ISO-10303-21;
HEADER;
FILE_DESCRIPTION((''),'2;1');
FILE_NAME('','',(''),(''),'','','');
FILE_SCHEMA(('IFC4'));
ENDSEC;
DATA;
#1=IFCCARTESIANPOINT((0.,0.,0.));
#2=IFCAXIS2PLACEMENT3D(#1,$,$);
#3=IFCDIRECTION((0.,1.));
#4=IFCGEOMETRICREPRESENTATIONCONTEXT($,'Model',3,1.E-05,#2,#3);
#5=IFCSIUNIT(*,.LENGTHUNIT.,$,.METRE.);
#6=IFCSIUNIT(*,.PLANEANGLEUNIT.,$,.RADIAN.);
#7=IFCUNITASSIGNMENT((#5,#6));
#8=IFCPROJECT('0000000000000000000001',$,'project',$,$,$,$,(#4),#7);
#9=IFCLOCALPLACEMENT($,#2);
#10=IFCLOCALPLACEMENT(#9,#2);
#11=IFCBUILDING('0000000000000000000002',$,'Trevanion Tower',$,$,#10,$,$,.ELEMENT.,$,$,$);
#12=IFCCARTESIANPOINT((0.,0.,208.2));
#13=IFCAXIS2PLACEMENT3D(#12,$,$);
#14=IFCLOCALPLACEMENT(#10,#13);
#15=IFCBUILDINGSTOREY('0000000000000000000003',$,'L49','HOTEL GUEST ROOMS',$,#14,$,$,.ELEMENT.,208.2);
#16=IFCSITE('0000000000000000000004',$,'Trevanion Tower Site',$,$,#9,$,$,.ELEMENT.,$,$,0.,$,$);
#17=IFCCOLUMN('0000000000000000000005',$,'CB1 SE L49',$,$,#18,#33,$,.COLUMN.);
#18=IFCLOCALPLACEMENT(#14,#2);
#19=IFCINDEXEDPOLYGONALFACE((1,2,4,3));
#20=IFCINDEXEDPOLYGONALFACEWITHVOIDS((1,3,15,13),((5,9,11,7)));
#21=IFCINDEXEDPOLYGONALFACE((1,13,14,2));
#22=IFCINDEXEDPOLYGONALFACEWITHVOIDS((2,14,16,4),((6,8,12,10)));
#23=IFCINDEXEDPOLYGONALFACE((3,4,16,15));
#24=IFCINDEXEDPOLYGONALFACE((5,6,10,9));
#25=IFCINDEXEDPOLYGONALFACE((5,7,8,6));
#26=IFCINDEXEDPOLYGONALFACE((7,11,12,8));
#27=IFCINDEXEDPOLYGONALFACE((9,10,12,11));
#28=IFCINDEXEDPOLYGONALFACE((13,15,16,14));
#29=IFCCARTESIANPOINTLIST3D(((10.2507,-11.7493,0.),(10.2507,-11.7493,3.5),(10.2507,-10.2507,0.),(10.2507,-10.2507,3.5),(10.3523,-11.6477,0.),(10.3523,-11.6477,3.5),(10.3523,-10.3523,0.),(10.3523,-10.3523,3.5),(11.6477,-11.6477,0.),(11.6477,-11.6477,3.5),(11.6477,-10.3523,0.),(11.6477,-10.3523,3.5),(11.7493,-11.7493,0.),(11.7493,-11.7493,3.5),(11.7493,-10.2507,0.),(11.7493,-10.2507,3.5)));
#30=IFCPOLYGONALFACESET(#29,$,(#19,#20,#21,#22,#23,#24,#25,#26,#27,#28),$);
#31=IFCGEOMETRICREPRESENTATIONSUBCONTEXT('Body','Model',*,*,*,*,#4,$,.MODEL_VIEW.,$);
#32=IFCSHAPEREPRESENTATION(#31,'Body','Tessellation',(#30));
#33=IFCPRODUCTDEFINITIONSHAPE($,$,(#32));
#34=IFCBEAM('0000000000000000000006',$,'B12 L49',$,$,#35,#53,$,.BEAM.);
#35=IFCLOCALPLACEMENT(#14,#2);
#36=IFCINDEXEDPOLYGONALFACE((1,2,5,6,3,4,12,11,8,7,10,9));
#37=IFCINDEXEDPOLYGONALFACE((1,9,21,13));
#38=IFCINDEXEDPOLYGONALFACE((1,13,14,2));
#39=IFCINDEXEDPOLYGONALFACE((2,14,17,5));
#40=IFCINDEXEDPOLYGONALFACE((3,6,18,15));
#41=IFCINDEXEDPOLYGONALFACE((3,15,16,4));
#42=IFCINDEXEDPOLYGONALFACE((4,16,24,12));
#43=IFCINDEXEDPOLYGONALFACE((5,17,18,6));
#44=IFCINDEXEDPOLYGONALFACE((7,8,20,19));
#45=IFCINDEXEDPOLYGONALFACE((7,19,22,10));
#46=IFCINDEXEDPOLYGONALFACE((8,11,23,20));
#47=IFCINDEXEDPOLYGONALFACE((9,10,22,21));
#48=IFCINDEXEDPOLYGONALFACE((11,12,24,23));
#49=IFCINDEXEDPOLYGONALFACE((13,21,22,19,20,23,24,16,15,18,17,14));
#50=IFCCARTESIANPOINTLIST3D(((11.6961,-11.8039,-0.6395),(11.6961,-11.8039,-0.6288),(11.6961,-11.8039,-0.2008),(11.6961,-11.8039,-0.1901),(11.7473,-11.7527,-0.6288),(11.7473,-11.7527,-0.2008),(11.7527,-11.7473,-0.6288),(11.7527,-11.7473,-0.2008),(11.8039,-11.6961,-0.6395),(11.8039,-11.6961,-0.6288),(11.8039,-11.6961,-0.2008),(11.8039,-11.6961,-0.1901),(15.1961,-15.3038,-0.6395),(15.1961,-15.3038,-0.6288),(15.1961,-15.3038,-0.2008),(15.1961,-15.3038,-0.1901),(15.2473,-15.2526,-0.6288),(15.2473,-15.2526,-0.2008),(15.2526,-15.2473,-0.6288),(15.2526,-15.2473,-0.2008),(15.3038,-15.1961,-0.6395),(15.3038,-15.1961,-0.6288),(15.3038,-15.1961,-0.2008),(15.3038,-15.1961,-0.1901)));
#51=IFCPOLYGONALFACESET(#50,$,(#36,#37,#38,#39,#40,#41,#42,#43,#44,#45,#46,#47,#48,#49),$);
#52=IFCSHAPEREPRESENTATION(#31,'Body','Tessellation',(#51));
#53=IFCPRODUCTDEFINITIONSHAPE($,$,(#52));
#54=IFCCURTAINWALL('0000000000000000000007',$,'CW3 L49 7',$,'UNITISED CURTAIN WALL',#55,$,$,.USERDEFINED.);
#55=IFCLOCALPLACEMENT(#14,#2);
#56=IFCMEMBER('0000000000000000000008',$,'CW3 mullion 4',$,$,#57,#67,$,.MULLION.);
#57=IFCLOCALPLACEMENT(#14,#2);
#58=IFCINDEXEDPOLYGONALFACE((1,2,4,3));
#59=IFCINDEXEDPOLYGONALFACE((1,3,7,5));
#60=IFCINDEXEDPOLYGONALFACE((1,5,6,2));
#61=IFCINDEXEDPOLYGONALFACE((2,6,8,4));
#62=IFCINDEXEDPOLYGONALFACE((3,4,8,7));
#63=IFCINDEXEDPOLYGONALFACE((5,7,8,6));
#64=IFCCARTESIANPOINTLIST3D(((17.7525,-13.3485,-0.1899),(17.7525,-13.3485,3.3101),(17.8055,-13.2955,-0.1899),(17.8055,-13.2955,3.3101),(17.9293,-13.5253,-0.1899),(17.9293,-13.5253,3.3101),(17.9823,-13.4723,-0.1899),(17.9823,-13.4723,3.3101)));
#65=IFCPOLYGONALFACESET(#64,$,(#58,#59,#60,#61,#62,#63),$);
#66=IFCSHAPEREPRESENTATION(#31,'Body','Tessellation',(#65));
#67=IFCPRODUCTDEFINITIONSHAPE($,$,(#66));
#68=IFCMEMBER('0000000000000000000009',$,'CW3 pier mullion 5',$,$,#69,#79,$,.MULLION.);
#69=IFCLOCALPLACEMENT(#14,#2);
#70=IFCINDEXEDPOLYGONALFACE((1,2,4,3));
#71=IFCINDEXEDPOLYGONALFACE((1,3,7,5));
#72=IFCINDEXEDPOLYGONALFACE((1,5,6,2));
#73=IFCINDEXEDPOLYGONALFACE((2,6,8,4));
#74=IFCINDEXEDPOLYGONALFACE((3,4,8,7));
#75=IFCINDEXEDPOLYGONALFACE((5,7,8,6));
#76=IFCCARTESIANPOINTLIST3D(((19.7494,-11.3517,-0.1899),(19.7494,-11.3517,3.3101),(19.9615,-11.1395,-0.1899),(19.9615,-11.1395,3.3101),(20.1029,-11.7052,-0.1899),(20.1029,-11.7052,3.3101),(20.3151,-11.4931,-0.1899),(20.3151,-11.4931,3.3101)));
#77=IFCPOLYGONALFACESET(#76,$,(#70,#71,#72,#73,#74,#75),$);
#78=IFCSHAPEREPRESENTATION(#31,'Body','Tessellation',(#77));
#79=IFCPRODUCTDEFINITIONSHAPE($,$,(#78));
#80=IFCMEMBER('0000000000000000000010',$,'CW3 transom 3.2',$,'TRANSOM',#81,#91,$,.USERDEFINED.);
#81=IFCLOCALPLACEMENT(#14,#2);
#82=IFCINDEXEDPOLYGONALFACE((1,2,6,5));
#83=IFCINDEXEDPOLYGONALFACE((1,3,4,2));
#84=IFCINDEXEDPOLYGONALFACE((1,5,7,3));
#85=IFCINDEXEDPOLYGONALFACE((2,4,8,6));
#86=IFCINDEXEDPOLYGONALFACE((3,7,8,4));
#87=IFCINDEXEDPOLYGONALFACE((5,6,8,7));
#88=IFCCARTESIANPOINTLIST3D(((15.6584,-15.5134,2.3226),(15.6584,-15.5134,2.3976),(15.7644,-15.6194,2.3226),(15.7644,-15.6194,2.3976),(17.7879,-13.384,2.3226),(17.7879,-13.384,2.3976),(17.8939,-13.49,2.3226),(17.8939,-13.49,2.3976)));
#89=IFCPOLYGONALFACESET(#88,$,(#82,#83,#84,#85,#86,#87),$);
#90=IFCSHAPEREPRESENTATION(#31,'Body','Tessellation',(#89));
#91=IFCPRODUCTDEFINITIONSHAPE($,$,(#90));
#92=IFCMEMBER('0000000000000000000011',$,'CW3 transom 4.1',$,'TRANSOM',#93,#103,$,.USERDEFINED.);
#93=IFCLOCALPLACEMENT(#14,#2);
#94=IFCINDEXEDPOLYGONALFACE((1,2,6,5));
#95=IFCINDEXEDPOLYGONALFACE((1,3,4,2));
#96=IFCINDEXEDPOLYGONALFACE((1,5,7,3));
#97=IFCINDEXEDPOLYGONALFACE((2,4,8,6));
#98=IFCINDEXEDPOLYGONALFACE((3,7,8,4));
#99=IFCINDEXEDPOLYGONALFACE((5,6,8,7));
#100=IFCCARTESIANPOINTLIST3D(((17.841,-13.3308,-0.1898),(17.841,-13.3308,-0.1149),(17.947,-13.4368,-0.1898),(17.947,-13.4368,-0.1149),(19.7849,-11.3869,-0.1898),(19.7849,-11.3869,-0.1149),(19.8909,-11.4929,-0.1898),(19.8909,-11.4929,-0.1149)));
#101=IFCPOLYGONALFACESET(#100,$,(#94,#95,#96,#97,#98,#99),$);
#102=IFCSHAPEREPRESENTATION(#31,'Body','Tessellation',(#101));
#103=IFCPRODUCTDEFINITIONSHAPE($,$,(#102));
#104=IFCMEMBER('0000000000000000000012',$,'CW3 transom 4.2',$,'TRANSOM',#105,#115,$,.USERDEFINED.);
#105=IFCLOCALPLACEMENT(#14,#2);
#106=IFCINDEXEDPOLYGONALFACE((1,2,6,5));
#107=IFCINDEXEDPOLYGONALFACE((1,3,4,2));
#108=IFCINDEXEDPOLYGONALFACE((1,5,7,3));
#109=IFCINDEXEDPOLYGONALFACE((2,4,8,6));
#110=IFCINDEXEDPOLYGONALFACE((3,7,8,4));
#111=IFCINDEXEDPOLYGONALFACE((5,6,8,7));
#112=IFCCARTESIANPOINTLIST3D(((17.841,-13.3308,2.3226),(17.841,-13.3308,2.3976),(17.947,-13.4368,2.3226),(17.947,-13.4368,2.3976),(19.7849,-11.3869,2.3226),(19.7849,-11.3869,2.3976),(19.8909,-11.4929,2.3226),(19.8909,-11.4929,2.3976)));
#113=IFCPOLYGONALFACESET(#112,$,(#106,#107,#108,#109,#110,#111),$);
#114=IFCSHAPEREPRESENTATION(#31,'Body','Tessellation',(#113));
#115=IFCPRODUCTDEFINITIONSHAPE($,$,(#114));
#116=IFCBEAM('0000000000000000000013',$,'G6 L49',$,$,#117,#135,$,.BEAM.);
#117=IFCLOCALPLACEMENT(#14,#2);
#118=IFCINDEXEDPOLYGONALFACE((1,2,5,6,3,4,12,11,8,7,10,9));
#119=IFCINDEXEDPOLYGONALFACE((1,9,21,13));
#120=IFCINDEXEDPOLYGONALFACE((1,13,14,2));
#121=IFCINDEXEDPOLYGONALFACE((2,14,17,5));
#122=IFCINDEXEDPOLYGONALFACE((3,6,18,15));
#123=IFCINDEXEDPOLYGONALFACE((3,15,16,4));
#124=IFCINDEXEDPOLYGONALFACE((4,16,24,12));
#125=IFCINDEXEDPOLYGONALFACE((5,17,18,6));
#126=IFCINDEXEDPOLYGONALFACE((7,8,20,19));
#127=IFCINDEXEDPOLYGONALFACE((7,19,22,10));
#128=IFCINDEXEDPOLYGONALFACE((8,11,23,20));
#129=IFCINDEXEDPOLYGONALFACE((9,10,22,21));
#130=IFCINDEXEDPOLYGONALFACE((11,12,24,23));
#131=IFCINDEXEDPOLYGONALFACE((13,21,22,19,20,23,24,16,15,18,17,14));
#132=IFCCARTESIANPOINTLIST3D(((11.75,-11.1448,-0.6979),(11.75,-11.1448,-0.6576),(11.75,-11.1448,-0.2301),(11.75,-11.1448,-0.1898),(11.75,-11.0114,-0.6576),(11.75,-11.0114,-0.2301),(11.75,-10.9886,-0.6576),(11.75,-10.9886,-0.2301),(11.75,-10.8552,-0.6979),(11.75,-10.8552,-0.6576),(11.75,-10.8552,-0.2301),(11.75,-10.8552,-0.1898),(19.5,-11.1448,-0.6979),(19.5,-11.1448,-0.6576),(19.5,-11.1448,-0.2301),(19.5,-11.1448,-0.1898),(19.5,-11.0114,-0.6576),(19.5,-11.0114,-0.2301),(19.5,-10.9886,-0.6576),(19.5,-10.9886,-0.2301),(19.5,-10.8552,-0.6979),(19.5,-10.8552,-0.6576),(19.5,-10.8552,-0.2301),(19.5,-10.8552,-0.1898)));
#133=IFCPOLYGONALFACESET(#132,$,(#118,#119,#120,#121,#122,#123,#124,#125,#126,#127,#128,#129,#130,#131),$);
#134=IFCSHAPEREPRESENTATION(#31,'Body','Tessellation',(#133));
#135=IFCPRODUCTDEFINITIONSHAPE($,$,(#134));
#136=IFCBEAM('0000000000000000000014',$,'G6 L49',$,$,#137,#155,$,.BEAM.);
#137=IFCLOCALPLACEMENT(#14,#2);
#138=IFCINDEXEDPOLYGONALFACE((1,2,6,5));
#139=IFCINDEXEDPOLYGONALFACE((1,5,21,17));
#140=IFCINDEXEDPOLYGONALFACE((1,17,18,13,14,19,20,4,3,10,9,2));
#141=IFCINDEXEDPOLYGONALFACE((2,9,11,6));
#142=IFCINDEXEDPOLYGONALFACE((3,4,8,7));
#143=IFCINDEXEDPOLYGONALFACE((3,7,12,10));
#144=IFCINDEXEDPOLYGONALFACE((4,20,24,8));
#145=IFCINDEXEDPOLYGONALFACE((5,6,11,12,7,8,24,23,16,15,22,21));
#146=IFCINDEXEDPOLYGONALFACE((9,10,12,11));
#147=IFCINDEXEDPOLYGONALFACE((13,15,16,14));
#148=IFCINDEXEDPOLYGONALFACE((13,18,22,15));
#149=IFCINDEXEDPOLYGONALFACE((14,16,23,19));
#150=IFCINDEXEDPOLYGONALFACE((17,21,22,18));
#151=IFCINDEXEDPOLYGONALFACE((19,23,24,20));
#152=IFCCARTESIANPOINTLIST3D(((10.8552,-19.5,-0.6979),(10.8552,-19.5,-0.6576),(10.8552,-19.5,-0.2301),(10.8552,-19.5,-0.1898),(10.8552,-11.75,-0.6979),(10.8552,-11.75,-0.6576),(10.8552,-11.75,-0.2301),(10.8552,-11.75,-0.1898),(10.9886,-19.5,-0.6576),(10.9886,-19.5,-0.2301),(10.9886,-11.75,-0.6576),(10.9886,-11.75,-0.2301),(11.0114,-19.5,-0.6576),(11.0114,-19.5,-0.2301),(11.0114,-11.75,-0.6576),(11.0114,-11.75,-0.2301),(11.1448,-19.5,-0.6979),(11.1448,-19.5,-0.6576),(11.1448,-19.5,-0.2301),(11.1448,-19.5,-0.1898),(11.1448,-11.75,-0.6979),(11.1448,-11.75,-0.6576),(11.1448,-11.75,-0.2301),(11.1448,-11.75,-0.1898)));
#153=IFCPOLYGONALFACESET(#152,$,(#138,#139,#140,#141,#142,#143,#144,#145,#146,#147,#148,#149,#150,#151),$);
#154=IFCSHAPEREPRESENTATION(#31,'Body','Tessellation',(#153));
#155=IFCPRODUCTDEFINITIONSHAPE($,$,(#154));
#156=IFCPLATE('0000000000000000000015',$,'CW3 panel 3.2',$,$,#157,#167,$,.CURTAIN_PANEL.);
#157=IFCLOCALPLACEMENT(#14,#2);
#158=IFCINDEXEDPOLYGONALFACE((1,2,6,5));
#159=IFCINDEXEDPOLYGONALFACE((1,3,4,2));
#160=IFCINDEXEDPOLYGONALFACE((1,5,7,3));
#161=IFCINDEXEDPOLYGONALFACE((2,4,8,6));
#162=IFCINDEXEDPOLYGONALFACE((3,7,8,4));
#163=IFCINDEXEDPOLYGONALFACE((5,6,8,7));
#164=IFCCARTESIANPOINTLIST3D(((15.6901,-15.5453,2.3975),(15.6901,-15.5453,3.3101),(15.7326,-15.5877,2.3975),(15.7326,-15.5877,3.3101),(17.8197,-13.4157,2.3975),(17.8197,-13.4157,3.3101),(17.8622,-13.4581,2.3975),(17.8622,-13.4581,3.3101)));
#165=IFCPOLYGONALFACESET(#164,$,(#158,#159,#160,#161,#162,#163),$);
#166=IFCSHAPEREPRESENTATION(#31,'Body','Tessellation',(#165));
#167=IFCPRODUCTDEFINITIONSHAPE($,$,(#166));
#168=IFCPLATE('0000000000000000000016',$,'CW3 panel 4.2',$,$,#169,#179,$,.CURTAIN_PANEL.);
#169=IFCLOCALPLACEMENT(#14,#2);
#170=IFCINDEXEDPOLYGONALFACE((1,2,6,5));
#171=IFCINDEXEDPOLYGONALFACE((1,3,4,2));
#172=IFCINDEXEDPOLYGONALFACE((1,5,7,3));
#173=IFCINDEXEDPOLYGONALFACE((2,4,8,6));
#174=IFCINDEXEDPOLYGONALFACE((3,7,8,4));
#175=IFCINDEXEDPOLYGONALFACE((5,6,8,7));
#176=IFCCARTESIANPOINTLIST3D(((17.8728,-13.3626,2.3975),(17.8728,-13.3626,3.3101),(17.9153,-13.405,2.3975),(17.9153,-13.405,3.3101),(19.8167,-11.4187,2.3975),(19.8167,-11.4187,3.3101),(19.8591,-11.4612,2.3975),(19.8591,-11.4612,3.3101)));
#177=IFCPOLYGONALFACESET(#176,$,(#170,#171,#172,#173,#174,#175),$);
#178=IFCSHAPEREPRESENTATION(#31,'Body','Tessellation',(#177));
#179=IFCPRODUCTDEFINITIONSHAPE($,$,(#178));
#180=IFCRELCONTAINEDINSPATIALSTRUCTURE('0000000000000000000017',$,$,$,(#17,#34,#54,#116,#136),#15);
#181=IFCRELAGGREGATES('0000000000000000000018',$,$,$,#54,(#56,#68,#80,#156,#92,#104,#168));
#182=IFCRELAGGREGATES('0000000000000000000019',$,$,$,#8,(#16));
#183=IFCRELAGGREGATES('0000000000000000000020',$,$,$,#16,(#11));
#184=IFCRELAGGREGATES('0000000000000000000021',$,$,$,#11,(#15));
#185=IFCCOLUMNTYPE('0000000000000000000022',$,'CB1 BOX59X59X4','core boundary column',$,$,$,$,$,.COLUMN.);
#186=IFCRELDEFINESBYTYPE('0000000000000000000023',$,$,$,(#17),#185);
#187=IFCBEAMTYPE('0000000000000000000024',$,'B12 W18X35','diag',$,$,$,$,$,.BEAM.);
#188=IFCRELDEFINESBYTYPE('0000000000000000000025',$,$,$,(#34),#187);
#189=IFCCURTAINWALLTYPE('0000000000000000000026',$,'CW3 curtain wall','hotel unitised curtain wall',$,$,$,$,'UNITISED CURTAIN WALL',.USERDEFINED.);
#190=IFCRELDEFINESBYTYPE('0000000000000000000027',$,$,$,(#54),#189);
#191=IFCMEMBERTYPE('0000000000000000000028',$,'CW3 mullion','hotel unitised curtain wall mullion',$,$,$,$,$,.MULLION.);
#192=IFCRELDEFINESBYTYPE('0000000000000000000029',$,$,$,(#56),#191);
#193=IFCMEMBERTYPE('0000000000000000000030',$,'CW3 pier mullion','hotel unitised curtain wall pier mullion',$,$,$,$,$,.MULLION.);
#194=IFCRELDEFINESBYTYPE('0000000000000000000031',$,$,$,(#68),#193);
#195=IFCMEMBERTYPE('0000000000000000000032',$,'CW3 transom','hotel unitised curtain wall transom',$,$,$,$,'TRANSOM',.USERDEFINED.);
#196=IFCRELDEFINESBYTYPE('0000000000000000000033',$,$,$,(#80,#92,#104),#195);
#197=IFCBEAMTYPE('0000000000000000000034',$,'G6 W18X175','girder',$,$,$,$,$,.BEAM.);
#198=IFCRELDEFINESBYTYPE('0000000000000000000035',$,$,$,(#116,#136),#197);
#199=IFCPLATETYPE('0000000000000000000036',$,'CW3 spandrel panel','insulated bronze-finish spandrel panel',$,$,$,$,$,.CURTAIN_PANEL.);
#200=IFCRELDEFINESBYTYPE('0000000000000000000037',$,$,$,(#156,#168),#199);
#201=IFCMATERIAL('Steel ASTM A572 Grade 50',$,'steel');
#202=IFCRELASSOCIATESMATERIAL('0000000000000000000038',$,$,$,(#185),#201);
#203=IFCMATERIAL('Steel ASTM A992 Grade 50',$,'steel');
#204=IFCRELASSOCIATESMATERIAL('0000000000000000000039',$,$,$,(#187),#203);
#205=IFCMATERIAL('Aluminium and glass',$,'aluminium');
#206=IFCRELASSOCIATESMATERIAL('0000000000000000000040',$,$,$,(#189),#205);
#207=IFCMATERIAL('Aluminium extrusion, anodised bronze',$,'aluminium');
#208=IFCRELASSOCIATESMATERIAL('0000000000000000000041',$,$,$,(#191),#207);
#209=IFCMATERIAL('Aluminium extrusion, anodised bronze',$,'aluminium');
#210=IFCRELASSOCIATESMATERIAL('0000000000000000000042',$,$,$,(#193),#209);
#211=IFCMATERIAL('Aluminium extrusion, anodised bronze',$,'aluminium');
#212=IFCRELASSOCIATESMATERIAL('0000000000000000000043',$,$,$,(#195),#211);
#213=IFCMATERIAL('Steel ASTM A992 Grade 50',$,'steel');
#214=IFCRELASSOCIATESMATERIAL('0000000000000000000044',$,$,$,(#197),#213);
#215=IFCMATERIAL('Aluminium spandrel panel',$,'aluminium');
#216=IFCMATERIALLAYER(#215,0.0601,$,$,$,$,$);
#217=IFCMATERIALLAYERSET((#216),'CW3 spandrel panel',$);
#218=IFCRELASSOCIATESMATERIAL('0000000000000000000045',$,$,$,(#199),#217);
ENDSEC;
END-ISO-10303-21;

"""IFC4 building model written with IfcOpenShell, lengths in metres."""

from ifc_helpers import new_model, si_unit, direction, frame, origin, origin_2d, place, context, subcontext, project, spatial, rectangle, hollow_rectangle, i_section, extrude, material, layer, layer_set, material_profile, profile_set, type_object, element, aggregate, save


model = new_model("IFC4")

# Units and contexts
model_context = context("Model", 3, precision=1e-05, world=origin(), true_north=direction((0.0, 1.0)))
body_context = subcontext(model_context, "Body", "Model", "MODEL_VIEW")
ifc_project = project(units=[si_unit("LENGTHUNIT", "METRE"), si_unit("PLANEANGLEUNIT", "RADIAN")], contexts=[model_context])

# Site, building, storey
site_placement = place(None, origin())
site = spatial("IfcSite", under=ifc_project, at=site_placement, Name="Trevanion Tower Site", CompositionType="ELEMENT", RefElevation=0.0)
building_placement = place(site_placement, origin())
building = spatial("IfcBuilding", under=site, at=building_placement, Name="Trevanion Tower", CompositionType="ELEMENT")
storey_placement = place(building_placement, frame((0.0, 0.0, 208.2)))
storey = spatial("IfcBuildingStorey", under=building, at=storey_placement, Name="L49", Description="HOTEL GUEST ROOMS", CompositionType="ELEMENT", Elevation=208.2)

# Column
ifc_material_1 = material(Name="Steel ASTM A572 Grade 50", Category="steel")
ifc_material_profile_1 = material_profile(ifc_material_1, hollow_rectangle(XDim=1.4985, YDim=1.4985, WallThickness=0.1016, at=origin_2d()), Name="BOX59X59X4")
ifc_profile_set_1 = profile_set([ifc_material_profile_1], Name="Steel ASTM A572 Grade 50")
column_type = type_object("IfcColumnType", Name="CB1 BOX59X59X4", Description="core boundary column", PredefinedType="COLUMN", material=ifc_profile_set_1)
column_placement = place(storey_placement, frame((11.0, -11.0, 0.0), z_axis=(0.0, 0.0, 1.0), x_axis=(1.0, 0.0, 0.0)))
element("IfcColumn", 1, at=column_placement, inside=storey, type_object=column_type, Name="CB1 SE L49", PredefinedType="COLUMN", context=body_context, shape_type="SweptSolid", body=[
    extrude(hollow_rectangle(XDim=1.4985, YDim=1.4985, WallThickness=0.1016, at=origin_2d()), origin(), (0.0, 0.0, 1.0), 3.5),
])

# Beam
ifc_material_2 = material(Name="Steel ASTM A992 Grade 50", Category="steel")
ifc_material_profile_2 = material_profile(ifc_material_2, i_section(OverallWidth=0.1523, OverallDepth=0.4495, WebThickness=0.0076, FlangeThickness=0.0107, at=origin_2d()), Name="W18X35")
ifc_profile_set_2 = profile_set([ifc_material_profile_2], Name="Steel ASTM A992 Grade 50")
beam_type_1 = type_object("IfcBeamType", Name="B12 W18X35", Description="diag", PredefinedType="BEAM", material=ifc_profile_set_2)
beam_placement = place(storey_placement, frame((11.75, -11.75, -0.4148), z_axis=(0.707107, -0.707107, 0.0), x_axis=(0.707107, 0.707107, 0.0)))
element("IfcBeam", 2, at=beam_placement, inside=storey, type_object=beam_type_1, Name="B12 L49", PredefinedType="BEAM", context=body_context, shape_type="SweptSolid", body=[
    extrude(i_section(OverallWidth=0.1523, OverallDepth=0.4495, WebThickness=0.0076, FlangeThickness=0.0107, at=origin_2d()), origin(), (0.0, 0.0, 1.0), 4.9497),
])

# Curtain wall, members
ifc_material_3 = material(Name="Aluminium and glass", Category="aluminium")
curtain_wall_type = type_object("IfcCurtainWallType", Name="CW3 curtain wall", Description="hotel unitised curtain wall", ElementType="UNITISED CURTAIN WALL", PredefinedType="USERDEFINED", material=ifc_material_3)
curtain_wall_placement = place(storey_placement, origin())
curtain_wall = element("IfcCurtainWall", 3, at=curtain_wall_placement, inside=storey, type_object=curtain_wall_type, Name="CW3 L49 7", ObjectType="UNITISED CURTAIN WALL", PredefinedType="USERDEFINED")
ifc_material_4 = material(Name="Aluminium extrusion, anodised bronze", Category="aluminium")
ifc_material_profile_3 = material_profile(ifc_material_4, rectangle(XDim=0.075, YDim=0.25, at=origin_2d()), Name="CW3 mullion")
ifc_profile_set_3 = profile_set([ifc_material_profile_3], Name="Aluminium extrusion, anodised bronze")
member_type_1 = type_object("IfcMemberType", Name="CW3 mullion", Description="hotel unitised curtain wall mullion", PredefinedType="MULLION", material=ifc_profile_set_3)
member_1_placement = place(storey_placement, frame((17.8674, -13.4104, -0.1899), z_axis=(0.0, 0.0, 1.0), x_axis=(0.707107, 0.707107, 0.0)))
member_1 = element("IfcMember", 4, at=member_1_placement, type_object=member_type_1, Name="CW3 mullion 4", PredefinedType="MULLION", context=body_context, shape_type="SweptSolid", body=[
    extrude(rectangle(XDim=0.075, YDim=0.25, at=origin_2d()), origin(), (0.0, 0.0, 1.0), 3.5),
])
ifc_material_5 = material(Name="Aluminium extrusion, anodised bronze", Category="aluminium")
ifc_material_profile_4 = material_profile(ifc_material_5, rectangle(XDim=0.3, YDim=0.5, at=origin_2d()), Name="CW3 pier mullion")
ifc_profile_set_4 = profile_set([ifc_material_profile_4], Name="Aluminium extrusion, anodised bronze")
member_type_2 = type_object("IfcMemberType", Name="CW3 pier mullion", Description="hotel unitised curtain wall pier mullion", PredefinedType="MULLION", material=ifc_profile_set_4)
member_2_placement = place(storey_placement, frame((20.0322, -11.4224, -0.1899), z_axis=(0.0, 0.0, 1.0), x_axis=(0.707107, 0.707107, 0.0)))
member_2 = element("IfcMember", 5, at=member_2_placement, type_object=member_type_2, Name="CW3 pier mullion 5", PredefinedType="MULLION", context=body_context, shape_type="SweptSolid", body=[
    extrude(rectangle(XDim=0.3, YDim=0.5, at=origin_2d()), origin(), (0.0, 0.0, 1.0), 3.5),
])
ifc_material_6 = material(Name="Aluminium extrusion, anodised bronze", Category="aluminium")
ifc_material_profile_5 = material_profile(ifc_material_6, rectangle(XDim=0.1499, YDim=0.075, at=origin_2d()), Name="CW3 transom")
ifc_profile_set_5 = profile_set([ifc_material_profile_5], Name="Aluminium extrusion, anodised bronze")
member_type_3 = type_object("IfcMemberType", Name="CW3 transom", Description="hotel unitised curtain wall transom", ElementType="TRANSOM", PredefinedType="USERDEFINED", material=ifc_profile_set_5)
member_3_placement = place(storey_placement, frame((15.7114, -15.5664, 2.3601), z_axis=(0.707107, 0.707107, 0.0), x_axis=(-0.707107, 0.707107, 0.0)))
member_3 = element("IfcMember", 6, at=member_3_placement, type_object=member_type_3, Name="CW3 transom 3.2", ObjectType="TRANSOM", PredefinedType="USERDEFINED", context=body_context, shape_type="SweptSolid", body=[
    extrude(rectangle(XDim=0.1499, YDim=0.075, at=origin_2d()), origin(), (0.0, 0.0, 1.0), 3.0115),
])
member_4_placement = place(storey_placement, frame((17.894, -13.3838, -0.1523), z_axis=(0.707107, 0.707107, 0.0), x_axis=(-0.707107, 0.707107, 0.0)))
member_4 = element("IfcMember", 7, at=member_4_placement, type_object=member_type_3, Name="CW3 transom 4.1", ObjectType="TRANSOM", PredefinedType="USERDEFINED", context=body_context, shape_type="SweptSolid", body=[
    extrude(rectangle(XDim=0.1499, YDim=0.075, at=origin_2d()), origin(), (0.0, 0.0, 1.0), 2.749),
])
member_5_placement = place(storey_placement, frame((17.894, -13.3838, 2.3601), z_axis=(0.707107, 0.707107, 0.0), x_axis=(-0.707107, 0.707107, 0.0)))
member_5 = element("IfcMember", 8, at=member_5_placement, type_object=member_type_3, Name="CW3 transom 4.2", ObjectType="TRANSOM", PredefinedType="USERDEFINED", context=body_context, shape_type="SweptSolid", body=[
    extrude(rectangle(XDim=0.1499, YDim=0.075, at=origin_2d()), origin(), (0.0, 0.0, 1.0), 2.749),
])

# Beams
ifc_material_7 = material(Name="Steel ASTM A992 Grade 50", Category="steel")
ifc_material_profile_6 = material_profile(ifc_material_7, i_section(OverallWidth=0.2896, OverallDepth=0.5081, WebThickness=0.0227, FlangeThickness=0.0403, at=origin_2d()), Name="W18X175")
ifc_profile_set_6 = profile_set([ifc_material_profile_6], Name="Steel ASTM A992 Grade 50")
beam_type_2 = type_object("IfcBeamType", Name="G6 W18X175", Description="girder", PredefinedType="BEAM", material=ifc_profile_set_6)
for number, where, z_axis, x_axis, name in (
    (9, (11.75, -11.0, -0.4438), (1.0, 0.0, 0.0), (0.0, 1.0, 0.0), "G6 L49"),
    (10, (11.0, -11.75, -0.4438), (0.0, -1.0, 0.0), (1.0, 0.0, 0.0), "G6 L49"),
):
    element("IfcBeam", number, at=place(storey_placement, frame(where, z_axis=z_axis, x_axis=x_axis)), inside=storey, type_object=beam_type_2, Name=name, PredefinedType="BEAM", context=body_context, shape_type="SweptSolid", body=[
        extrude(i_section(OverallWidth=0.2896, OverallDepth=0.5081, WebThickness=0.0227, FlangeThickness=0.0403, at=origin_2d()), origin(), (0.0, 0.0, 1.0), 7.75),
    ])

# Plates
ifc_material_8 = material(Name="Aluminium spandrel panel", Category="aluminium")
ifc_layer_1 = layer(ifc_material_8, 0.0601)
ifc_layer_set_1 = layer_set([ifc_layer_1], Name="CW3 spandrel panel")
plate_type_1 = type_object("IfcPlateType", Name="CW3 spandrel panel", Description="insulated bronze-finish spandrel panel", PredefinedType="CURTAIN_PANEL", material=ifc_layer_set_1)
plate_1_placement = place(storey_placement, frame((16.7761, -14.5017, 2.3975), z_axis=(0.0, 0.0, 1.0), x_axis=(0.707107, 0.707107, 0.0)))
plate_1 = element("IfcPlate", 11, at=plate_1_placement, type_object=plate_type_1, Name="CW3 panel 3.2", PredefinedType="CURTAIN_PANEL", context=body_context, shape_type="SweptSolid", body=[
    extrude(rectangle(XDim=3.0117, YDim=0.0601, at=origin_2d()), origin(), (0.0, 0.0, 1.0), 0.9126),
])
plate_2_placement = place(storey_placement, frame((18.866, -12.4119, 2.3975), z_axis=(0.0, 0.0, 1.0), x_axis=(0.707107, 0.707107, 0.0)))
plate_2 = element("IfcPlate", 12, at=plate_2_placement, type_object=plate_type_1, Name="CW3 panel 4.2", PredefinedType="CURTAIN_PANEL", context=body_context, shape_type="SweptSolid", body=[
    extrude(rectangle(XDim=2.749, YDim=0.0601, at=origin_2d()), origin(), (0.0, 0.0, 1.0), 0.9126),
])
aggregate(curtain_wall, [member_1, member_2, member_3, plate_1, member_4, member_5, plate_2])

save(model, "model.ifc")
